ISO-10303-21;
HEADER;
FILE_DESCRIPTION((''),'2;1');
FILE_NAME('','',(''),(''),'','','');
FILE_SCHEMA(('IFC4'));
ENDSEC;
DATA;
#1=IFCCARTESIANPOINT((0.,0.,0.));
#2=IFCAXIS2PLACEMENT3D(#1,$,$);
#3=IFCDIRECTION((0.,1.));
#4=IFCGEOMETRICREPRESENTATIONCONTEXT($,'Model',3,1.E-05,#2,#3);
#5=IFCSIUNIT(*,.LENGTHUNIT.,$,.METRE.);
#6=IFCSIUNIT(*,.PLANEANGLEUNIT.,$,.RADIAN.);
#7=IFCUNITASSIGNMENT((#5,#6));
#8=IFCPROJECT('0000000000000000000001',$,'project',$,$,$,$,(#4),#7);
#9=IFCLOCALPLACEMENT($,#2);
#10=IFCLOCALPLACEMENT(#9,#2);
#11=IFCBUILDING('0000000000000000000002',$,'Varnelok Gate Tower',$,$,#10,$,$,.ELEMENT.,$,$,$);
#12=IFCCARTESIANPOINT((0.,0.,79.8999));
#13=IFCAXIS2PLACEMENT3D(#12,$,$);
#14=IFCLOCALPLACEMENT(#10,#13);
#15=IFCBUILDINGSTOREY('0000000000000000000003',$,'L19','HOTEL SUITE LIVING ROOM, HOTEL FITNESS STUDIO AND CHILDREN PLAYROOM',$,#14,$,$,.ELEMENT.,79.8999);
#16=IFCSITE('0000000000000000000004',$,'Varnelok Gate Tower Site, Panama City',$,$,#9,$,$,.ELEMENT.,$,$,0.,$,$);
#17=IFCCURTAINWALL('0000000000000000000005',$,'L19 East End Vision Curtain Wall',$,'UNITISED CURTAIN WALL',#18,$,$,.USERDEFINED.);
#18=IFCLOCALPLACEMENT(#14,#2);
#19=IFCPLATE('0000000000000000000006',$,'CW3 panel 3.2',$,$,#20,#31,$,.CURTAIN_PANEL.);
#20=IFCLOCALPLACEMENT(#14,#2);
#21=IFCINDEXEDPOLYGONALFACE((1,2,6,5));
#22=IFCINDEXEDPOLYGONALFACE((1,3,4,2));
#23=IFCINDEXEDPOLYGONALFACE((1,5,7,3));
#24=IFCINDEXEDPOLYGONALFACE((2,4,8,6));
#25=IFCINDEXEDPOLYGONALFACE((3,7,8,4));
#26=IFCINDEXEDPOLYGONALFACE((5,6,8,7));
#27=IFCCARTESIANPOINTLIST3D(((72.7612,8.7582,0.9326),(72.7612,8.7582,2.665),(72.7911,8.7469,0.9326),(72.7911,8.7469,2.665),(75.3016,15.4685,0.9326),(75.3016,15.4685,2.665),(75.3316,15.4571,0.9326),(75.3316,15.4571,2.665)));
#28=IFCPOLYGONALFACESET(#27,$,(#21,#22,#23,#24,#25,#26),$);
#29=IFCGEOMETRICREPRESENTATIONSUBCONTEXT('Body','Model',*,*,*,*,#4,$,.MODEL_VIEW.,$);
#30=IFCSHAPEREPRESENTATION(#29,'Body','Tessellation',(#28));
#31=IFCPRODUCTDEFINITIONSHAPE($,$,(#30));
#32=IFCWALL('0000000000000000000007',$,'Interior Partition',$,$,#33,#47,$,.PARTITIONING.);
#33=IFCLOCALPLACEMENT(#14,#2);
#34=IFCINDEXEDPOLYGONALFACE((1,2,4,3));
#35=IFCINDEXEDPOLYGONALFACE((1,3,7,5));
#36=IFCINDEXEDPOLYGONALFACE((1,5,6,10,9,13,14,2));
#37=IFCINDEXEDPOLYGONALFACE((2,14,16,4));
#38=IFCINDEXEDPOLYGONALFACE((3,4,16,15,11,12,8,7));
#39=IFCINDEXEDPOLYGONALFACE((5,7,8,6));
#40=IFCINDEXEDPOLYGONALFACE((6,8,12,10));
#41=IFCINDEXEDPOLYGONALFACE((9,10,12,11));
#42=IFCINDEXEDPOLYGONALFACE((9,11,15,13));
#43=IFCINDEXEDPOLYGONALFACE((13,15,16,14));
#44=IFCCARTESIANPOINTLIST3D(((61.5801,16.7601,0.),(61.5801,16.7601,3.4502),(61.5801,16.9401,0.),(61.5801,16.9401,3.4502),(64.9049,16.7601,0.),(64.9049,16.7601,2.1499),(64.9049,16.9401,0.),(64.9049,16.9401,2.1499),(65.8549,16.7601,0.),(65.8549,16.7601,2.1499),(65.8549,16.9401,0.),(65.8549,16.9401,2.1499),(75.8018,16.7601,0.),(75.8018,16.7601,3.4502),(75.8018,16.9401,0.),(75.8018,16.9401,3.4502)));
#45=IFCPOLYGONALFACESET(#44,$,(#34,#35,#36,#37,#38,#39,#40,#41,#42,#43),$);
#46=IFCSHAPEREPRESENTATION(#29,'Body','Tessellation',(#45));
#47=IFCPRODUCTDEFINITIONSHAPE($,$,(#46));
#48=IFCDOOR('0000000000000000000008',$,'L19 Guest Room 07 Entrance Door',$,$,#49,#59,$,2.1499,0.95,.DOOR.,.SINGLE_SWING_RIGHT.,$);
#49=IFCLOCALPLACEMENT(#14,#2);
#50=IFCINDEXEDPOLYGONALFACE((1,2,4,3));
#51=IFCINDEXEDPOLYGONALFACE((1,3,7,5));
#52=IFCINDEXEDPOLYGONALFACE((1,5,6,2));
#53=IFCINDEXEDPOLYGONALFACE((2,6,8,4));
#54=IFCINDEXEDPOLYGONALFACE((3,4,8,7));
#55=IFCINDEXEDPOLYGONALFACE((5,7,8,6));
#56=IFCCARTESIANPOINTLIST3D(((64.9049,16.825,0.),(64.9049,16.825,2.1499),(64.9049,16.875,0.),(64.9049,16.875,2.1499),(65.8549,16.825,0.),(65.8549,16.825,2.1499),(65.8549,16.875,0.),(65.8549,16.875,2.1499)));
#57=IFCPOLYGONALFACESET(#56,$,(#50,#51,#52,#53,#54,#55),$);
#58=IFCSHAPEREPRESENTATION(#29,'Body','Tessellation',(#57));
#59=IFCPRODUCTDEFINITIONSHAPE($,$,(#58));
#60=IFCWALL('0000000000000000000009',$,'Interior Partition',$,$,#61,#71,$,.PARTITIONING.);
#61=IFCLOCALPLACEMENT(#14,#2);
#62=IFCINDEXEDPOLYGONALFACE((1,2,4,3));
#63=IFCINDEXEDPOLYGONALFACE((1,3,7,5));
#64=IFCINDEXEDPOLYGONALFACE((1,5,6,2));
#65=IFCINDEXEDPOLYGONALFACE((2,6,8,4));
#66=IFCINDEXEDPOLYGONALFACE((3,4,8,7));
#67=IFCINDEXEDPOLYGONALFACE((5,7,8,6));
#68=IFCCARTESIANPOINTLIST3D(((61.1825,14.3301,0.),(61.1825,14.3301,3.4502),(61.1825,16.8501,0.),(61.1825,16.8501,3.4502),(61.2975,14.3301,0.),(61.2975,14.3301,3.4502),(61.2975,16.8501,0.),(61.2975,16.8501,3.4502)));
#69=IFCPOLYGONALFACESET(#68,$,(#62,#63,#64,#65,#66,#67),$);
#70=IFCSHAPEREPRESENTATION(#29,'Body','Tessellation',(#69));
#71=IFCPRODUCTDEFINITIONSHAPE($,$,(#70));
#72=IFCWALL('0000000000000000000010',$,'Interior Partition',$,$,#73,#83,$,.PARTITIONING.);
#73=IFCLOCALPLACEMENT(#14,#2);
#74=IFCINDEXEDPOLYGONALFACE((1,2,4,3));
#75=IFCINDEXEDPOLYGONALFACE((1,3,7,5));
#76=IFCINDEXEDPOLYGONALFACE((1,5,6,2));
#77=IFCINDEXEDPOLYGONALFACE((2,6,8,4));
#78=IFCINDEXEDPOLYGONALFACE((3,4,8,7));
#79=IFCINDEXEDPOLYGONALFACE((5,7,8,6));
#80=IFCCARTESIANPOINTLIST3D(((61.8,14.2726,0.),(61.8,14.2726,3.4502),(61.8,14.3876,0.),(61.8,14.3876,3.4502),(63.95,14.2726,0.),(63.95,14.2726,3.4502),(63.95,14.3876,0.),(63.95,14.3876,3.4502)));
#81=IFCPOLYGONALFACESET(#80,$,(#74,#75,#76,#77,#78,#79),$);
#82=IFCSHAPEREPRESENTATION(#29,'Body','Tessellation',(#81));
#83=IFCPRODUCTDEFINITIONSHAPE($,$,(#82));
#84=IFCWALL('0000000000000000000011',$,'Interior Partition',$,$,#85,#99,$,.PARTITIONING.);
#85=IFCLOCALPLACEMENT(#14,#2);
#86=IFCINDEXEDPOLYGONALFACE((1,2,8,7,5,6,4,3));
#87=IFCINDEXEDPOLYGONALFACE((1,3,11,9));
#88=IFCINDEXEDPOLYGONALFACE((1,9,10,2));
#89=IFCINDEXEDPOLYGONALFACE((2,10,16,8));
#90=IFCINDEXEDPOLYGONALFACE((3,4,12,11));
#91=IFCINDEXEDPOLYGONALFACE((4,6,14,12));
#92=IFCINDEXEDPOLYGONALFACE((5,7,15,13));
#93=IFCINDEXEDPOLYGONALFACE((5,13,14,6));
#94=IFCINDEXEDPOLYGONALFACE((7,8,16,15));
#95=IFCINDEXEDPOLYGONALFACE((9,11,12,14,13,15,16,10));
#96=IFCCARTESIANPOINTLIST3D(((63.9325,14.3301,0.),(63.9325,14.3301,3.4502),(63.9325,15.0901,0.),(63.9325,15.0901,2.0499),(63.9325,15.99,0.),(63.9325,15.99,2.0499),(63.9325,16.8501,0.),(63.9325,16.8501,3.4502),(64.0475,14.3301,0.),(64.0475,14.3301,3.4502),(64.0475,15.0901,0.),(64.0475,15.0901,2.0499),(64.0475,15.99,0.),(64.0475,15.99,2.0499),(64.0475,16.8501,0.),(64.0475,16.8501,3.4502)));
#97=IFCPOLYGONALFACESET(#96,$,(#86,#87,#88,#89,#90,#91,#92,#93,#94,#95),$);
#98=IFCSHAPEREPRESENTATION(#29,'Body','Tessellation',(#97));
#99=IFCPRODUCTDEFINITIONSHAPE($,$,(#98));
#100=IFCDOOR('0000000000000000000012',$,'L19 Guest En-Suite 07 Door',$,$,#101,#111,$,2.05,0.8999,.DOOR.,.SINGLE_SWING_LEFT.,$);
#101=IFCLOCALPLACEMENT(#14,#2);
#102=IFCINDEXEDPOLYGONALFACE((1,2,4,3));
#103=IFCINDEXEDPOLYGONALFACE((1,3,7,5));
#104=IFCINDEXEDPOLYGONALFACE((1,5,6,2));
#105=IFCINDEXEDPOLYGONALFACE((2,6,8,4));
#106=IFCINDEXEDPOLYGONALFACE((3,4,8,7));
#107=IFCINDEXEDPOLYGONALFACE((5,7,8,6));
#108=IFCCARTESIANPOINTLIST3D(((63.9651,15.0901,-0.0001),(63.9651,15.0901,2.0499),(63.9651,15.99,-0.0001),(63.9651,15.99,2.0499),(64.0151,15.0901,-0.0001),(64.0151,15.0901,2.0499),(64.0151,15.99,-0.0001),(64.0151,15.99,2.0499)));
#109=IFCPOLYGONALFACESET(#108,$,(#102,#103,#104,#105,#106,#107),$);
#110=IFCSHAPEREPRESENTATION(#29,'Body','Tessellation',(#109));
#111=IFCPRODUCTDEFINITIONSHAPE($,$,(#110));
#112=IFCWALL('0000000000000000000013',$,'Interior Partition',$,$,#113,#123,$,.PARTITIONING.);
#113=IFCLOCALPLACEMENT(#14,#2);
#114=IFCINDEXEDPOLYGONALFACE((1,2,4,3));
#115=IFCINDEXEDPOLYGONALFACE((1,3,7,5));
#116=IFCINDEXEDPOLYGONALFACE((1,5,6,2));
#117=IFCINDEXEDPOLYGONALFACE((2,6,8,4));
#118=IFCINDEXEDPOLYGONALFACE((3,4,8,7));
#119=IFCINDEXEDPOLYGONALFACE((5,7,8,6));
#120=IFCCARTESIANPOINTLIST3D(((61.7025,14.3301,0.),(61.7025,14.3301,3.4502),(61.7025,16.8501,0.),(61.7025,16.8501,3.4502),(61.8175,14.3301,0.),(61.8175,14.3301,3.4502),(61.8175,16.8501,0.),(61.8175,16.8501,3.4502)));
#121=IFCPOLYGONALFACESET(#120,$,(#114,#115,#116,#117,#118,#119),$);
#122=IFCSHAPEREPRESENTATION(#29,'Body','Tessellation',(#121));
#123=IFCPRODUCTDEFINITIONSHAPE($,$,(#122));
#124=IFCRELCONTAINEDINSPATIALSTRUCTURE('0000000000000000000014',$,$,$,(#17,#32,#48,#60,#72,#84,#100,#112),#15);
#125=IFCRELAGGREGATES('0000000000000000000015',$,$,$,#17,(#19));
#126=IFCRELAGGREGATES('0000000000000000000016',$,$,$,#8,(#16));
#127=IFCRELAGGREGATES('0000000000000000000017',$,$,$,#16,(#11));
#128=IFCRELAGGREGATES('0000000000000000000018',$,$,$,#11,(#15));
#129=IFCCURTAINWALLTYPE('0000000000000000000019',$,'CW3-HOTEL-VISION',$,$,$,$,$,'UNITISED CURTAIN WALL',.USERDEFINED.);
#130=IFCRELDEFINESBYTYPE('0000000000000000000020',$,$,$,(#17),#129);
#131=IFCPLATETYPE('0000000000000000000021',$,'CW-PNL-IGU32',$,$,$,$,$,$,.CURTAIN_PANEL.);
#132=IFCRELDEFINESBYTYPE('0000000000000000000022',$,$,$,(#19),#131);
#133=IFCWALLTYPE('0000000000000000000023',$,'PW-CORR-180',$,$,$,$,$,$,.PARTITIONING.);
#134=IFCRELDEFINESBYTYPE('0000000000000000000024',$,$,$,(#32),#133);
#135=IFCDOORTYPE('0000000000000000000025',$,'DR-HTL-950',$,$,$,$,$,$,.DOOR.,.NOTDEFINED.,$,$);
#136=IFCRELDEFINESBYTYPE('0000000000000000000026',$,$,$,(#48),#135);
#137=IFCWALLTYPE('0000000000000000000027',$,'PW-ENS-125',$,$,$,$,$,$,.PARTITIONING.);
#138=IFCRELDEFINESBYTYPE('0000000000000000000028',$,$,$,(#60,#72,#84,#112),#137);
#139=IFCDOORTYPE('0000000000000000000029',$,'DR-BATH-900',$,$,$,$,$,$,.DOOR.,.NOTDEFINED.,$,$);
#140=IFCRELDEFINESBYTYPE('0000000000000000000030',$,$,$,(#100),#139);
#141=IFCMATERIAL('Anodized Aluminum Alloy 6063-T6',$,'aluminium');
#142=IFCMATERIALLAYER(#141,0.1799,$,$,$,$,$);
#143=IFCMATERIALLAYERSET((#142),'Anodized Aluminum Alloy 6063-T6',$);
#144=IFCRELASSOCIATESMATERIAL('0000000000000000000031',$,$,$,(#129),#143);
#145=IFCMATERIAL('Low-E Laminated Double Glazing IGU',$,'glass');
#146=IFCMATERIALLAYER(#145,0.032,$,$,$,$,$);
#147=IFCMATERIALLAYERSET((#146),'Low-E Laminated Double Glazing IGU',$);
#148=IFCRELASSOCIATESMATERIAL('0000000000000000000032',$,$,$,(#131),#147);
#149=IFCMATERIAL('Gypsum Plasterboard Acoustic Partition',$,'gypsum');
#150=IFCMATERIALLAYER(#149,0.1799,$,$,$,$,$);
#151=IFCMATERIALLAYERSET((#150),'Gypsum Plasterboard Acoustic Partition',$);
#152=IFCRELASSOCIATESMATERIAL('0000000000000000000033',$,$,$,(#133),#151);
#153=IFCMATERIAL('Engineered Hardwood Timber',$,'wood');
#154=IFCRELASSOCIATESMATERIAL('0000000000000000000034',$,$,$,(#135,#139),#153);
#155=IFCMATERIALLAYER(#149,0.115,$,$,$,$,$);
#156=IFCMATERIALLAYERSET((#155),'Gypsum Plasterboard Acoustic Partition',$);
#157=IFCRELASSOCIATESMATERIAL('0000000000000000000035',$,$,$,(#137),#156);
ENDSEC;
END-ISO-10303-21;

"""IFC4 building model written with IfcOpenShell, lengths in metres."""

from ifc_helpers import new_model, si_unit, direction, frame, frame_2d, origin, origin_2d, place, context, subcontext, project, spatial, rectangle, extrude, source, transform, mapped, material, layer, layer_set, type_object, element, fill, aggregate, save


model = new_model("IFC4")

# Units and contexts
model_context = context("Model", 3, precision=1e-05, world=origin(), true_north=direction((0.0, 1.0)))
body_context = subcontext(model_context, "Body", "Model", "MODEL_VIEW")
ifc_project = project(units=[si_unit("LENGTHUNIT", "METRE"), si_unit("PLANEANGLEUNIT", "RADIAN")], contexts=[model_context])

# Site, building, storey
site_placement = place(None, origin())
site = spatial("IfcSite", under=ifc_project, at=site_placement, Name="Varnelok Gate Tower Site, Panama City", CompositionType="ELEMENT", RefElevation=0.0)
building_placement = place(site_placement, origin())
building = spatial("IfcBuilding", under=site, at=building_placement, Name="Varnelok Gate Tower", CompositionType="ELEMENT")
storey_placement = place(building_placement, frame((0.0, 0.0, 79.8999)))
storey = spatial("IfcBuildingStorey", under=building, at=storey_placement, Name="L19", Description="HOTEL SUITE LIVING ROOM, HOTEL FITNESS STUDIO AND CHILDREN PLAYROOM", CompositionType="ELEMENT", Elevation=79.8999)

# Curtain wall, plate
ifc_material_1 = material(Name="Anodized Aluminum Alloy 6063-T6", Category="aluminium")
ifc_layer_1 = layer(ifc_material_1, 0.1799)
ifc_layer_set_1 = layer_set([ifc_layer_1], Name="Anodized Aluminum Alloy 6063-T6")
curtain_wall_type = type_object("IfcCurtainWallType", Name="CW3-HOTEL-VISION", ElementType="UNITISED CURTAIN WALL", PredefinedType="USERDEFINED", material=ifc_layer_set_1)
curtain_wall_placement = place(storey_placement, origin())
curtain_wall = element("IfcCurtainWall", 1, at=curtain_wall_placement, inside=storey, type_object=curtain_wall_type, Name="L19 East End Vision Curtain Wall", ObjectType="UNITISED CURTAIN WALL", PredefinedType="USERDEFINED")
ifc_material_2 = material(Name="Low-E Laminated Double Glazing IGU", Category="glass")
ifc_layer_2 = layer(ifc_material_2, 0.032)
ifc_layer_set_2 = layer_set([ifc_layer_2], Name="Low-E Laminated Double Glazing IGU")
plate_type = type_object("IfcPlateType", Name="CW-PNL-IGU32", PredefinedType="CURTAIN_PANEL", material=ifc_layer_set_2)
shared_shape_1 = source(origin(), body_context, "Body", "SweptSolid", [
    extrude(rectangle(XDim=7.175, YDim=0.032, at=origin_2d()), origin(), (0.0, 0.0, 1.0), 1.7324),
])
plate_1_placement = place(storey_placement, frame((74.0464, 12.1077, 0.9326), z_axis=(0.0, 0.0, 1.0), x_axis=(-0.354064, -0.935221, 0.0)))
plate_1 = element("IfcPlate", 2, at=plate_1_placement, type_object=plate_type, Name="CW3 panel 3.2", PredefinedType="CURTAIN_PANEL", context=body_context, shape_type="MappedRepresentation", body=[
    mapped(shared_shape_1, transform((0.0, 0.0, 0.0), scale=1.0)),
])
aggregate(curtain_wall, [plate_1])

# Wall, opening, door
ifc_material_3 = material(Name="Gypsum Plasterboard Acoustic Partition", Category="gypsum")
ifc_layer_3 = layer(ifc_material_3, 0.1799)
ifc_layer_set_3 = layer_set([ifc_layer_3], Name="Gypsum Plasterboard Acoustic Partition")
wall_type_1 = type_object("IfcWallType", Name="PW-CORR-180", PredefinedType="PARTITIONING", material=ifc_layer_set_3)
wall_1_placement = place(storey_placement, frame((61.5801, 16.8501, 0.0), z_axis=(0.0, 0.0, 1.0), x_axis=(1.0, 0.0, 0.0)))
wall_1 = element("IfcWall", 3, at=wall_1_placement, inside=storey, type_object=wall_type_1, Name="Interior Partition", PredefinedType="PARTITIONING", context=body_context, shape_type="SweptSolid", body=[
    extrude(rectangle(XDim=14.2217, YDim=0.1799, at=frame_2d((7.1108, 0.0))), origin(), (0.0, 0.0, 1.0), 3.4502),
])
opening_1_placement = place(wall_1_placement, frame((3.3247, 0.0, 0.0)))
opening_1 = element("IfcOpeningElement", 4, at=opening_1_placement, cuts=wall_1, PredefinedType="OPENING", context=body_context, shape_type="SweptSolid", body=[
    extrude(rectangle(XDim=0.95, YDim=2.1499, at=frame_2d((0.4751, 1.075))), frame((0.0, 0.0999, 0.0), z_axis=(0.0, -1.0, 0.0), x_axis=(1.0, 0.0, 0.0)), (0.0, 0.0, 1.0), 0.2),
])
ifc_material_4 = material(Name="Engineered Hardwood Timber", Category="wood")
door_type_1 = type_object("IfcDoorType", Name="DR-HTL-950", OperationType="NOTDEFINED", PredefinedType="DOOR", material=ifc_material_4)
door_1_placement = place(opening_1_placement, origin())
door_1 = element("IfcDoor", 5, at=door_1_placement, inside=storey, type_object=door_type_1, Name="L19 Guest Room 07 Entrance Door", OperationType="SINGLE_SWING_RIGHT", OverallHeight=2.1499, OverallWidth=0.95, PredefinedType="DOOR", context=body_context, shape_type="SweptSolid", body=[
    extrude(rectangle(XDim=0.95, YDim=2.1499, at=frame_2d((0.4751, 1.075))), frame((0.0, 0.0249, 0.0), z_axis=(0.0, -1.0, 0.0), x_axis=(1.0, 0.0, 0.0)), (0.0, 0.0, 1.0), 0.05),
])
fill(opening_1, door_1)

# Walls
ifc_layer_4 = layer(ifc_material_3, 0.115)
ifc_layer_set_4 = layer_set([ifc_layer_4], Name="Gypsum Plasterboard Acoustic Partition")
wall_type_2 = type_object("IfcWallType", Name="PW-ENS-125", PredefinedType="PARTITIONING", material=ifc_layer_set_4)
wall_2_placement = place(storey_placement, frame((61.24, 14.3301, 0.0), z_axis=(0.0, 0.0, 1.0), x_axis=(0.0, 1.0, 0.0)))
element("IfcWall", 6, at=wall_2_placement, inside=storey, type_object=wall_type_2, Name="Interior Partition", PredefinedType="PARTITIONING", context=body_context, shape_type="SweptSolid", body=[
    extrude(rectangle(XDim=2.52, YDim=0.115, at=frame_2d((1.26, 0.0))), origin(), (0.0, 0.0, 1.0), 3.4502),
])
wall_3_placement = place(storey_placement, frame((61.8, 14.3301, 0.0), z_axis=(0.0, 0.0, 1.0), x_axis=(1.0, 0.0, 0.0)))
element("IfcWall", 7, at=wall_3_placement, inside=storey, type_object=wall_type_2, Name="Interior Partition", PredefinedType="PARTITIONING", context=body_context, shape_type="SweptSolid", body=[
    extrude(rectangle(XDim=2.1499, YDim=0.115, at=frame_2d((1.075, 0.0))), origin(), (0.0, 0.0, 1.0), 3.4502),
])

# Wall, opening, door
wall_4_placement = place(storey_placement, frame((63.99, 14.3301, 0.0), z_axis=(0.0, 0.0, 1.0), x_axis=(0.0, 1.0, 0.0)))
wall_4 = element("IfcWall", 8, at=wall_4_placement, inside=storey, type_object=wall_type_2, Name="Interior Partition", PredefinedType="PARTITIONING", context=body_context, shape_type="SweptSolid", body=[
    extrude(rectangle(XDim=2.52, YDim=0.115, at=frame_2d((1.26, 0.0))), origin(), (0.0, 0.0, 1.0), 3.4502),
])
opening_2_placement = place(wall_4_placement, frame((0.76, 0.0, 0.0)))
opening_2 = element("IfcOpeningElement", 9, at=opening_2_placement, cuts=wall_4, PredefinedType="OPENING", context=body_context, shape_type="SweptSolid", body=[
    extrude(rectangle(XDim=0.8999, YDim=2.05, at=frame_2d((0.45, 1.0249))), frame((0.0, 0.0674, 0.0), z_axis=(0.0, -1.0, 0.0), x_axis=(1.0, 0.0, 0.0)), (0.0, 0.0, 1.0), 0.135),
])
door_type_2 = type_object("IfcDoorType", Name="DR-BATH-900", OperationType="NOTDEFINED", PredefinedType="DOOR", material=ifc_material_4)
door_2_placement = place(opening_2_placement, origin())
door_2 = element("IfcDoor", 10, at=door_2_placement, inside=storey, type_object=door_type_2, Name="L19 Guest En-Suite 07 Door", OperationType="SINGLE_SWING_LEFT", OverallHeight=2.05, OverallWidth=0.8999, PredefinedType="DOOR", context=body_context, shape_type="SweptSolid", body=[
    extrude(rectangle(XDim=0.8999, YDim=2.05, at=frame_2d((0.45, 1.0249))), frame((0.0, 0.0249, 0.0), z_axis=(0.0, -1.0, 0.0), x_axis=(1.0, 0.0, 0.0)), (0.0, 0.0, 1.0), 0.05),
])
fill(opening_2, door_2)

# Wall
wall_5_placement = place(storey_placement, frame((61.76, 14.3301, 0.0), z_axis=(0.0, 0.0, 1.0), x_axis=(0.0, 1.0, 0.0)))
element("IfcWall", 11, at=wall_5_placement, inside=storey, type_object=wall_type_2, Name="Interior Partition", PredefinedType="PARTITIONING", context=body_context, shape_type="SweptSolid", body=[
    extrude(rectangle(XDim=2.52, YDim=0.115, at=frame_2d((1.26, 0.0))), origin(), (0.0, 0.0, 1.0), 3.4502),
])

save(model, "model.ifc")
